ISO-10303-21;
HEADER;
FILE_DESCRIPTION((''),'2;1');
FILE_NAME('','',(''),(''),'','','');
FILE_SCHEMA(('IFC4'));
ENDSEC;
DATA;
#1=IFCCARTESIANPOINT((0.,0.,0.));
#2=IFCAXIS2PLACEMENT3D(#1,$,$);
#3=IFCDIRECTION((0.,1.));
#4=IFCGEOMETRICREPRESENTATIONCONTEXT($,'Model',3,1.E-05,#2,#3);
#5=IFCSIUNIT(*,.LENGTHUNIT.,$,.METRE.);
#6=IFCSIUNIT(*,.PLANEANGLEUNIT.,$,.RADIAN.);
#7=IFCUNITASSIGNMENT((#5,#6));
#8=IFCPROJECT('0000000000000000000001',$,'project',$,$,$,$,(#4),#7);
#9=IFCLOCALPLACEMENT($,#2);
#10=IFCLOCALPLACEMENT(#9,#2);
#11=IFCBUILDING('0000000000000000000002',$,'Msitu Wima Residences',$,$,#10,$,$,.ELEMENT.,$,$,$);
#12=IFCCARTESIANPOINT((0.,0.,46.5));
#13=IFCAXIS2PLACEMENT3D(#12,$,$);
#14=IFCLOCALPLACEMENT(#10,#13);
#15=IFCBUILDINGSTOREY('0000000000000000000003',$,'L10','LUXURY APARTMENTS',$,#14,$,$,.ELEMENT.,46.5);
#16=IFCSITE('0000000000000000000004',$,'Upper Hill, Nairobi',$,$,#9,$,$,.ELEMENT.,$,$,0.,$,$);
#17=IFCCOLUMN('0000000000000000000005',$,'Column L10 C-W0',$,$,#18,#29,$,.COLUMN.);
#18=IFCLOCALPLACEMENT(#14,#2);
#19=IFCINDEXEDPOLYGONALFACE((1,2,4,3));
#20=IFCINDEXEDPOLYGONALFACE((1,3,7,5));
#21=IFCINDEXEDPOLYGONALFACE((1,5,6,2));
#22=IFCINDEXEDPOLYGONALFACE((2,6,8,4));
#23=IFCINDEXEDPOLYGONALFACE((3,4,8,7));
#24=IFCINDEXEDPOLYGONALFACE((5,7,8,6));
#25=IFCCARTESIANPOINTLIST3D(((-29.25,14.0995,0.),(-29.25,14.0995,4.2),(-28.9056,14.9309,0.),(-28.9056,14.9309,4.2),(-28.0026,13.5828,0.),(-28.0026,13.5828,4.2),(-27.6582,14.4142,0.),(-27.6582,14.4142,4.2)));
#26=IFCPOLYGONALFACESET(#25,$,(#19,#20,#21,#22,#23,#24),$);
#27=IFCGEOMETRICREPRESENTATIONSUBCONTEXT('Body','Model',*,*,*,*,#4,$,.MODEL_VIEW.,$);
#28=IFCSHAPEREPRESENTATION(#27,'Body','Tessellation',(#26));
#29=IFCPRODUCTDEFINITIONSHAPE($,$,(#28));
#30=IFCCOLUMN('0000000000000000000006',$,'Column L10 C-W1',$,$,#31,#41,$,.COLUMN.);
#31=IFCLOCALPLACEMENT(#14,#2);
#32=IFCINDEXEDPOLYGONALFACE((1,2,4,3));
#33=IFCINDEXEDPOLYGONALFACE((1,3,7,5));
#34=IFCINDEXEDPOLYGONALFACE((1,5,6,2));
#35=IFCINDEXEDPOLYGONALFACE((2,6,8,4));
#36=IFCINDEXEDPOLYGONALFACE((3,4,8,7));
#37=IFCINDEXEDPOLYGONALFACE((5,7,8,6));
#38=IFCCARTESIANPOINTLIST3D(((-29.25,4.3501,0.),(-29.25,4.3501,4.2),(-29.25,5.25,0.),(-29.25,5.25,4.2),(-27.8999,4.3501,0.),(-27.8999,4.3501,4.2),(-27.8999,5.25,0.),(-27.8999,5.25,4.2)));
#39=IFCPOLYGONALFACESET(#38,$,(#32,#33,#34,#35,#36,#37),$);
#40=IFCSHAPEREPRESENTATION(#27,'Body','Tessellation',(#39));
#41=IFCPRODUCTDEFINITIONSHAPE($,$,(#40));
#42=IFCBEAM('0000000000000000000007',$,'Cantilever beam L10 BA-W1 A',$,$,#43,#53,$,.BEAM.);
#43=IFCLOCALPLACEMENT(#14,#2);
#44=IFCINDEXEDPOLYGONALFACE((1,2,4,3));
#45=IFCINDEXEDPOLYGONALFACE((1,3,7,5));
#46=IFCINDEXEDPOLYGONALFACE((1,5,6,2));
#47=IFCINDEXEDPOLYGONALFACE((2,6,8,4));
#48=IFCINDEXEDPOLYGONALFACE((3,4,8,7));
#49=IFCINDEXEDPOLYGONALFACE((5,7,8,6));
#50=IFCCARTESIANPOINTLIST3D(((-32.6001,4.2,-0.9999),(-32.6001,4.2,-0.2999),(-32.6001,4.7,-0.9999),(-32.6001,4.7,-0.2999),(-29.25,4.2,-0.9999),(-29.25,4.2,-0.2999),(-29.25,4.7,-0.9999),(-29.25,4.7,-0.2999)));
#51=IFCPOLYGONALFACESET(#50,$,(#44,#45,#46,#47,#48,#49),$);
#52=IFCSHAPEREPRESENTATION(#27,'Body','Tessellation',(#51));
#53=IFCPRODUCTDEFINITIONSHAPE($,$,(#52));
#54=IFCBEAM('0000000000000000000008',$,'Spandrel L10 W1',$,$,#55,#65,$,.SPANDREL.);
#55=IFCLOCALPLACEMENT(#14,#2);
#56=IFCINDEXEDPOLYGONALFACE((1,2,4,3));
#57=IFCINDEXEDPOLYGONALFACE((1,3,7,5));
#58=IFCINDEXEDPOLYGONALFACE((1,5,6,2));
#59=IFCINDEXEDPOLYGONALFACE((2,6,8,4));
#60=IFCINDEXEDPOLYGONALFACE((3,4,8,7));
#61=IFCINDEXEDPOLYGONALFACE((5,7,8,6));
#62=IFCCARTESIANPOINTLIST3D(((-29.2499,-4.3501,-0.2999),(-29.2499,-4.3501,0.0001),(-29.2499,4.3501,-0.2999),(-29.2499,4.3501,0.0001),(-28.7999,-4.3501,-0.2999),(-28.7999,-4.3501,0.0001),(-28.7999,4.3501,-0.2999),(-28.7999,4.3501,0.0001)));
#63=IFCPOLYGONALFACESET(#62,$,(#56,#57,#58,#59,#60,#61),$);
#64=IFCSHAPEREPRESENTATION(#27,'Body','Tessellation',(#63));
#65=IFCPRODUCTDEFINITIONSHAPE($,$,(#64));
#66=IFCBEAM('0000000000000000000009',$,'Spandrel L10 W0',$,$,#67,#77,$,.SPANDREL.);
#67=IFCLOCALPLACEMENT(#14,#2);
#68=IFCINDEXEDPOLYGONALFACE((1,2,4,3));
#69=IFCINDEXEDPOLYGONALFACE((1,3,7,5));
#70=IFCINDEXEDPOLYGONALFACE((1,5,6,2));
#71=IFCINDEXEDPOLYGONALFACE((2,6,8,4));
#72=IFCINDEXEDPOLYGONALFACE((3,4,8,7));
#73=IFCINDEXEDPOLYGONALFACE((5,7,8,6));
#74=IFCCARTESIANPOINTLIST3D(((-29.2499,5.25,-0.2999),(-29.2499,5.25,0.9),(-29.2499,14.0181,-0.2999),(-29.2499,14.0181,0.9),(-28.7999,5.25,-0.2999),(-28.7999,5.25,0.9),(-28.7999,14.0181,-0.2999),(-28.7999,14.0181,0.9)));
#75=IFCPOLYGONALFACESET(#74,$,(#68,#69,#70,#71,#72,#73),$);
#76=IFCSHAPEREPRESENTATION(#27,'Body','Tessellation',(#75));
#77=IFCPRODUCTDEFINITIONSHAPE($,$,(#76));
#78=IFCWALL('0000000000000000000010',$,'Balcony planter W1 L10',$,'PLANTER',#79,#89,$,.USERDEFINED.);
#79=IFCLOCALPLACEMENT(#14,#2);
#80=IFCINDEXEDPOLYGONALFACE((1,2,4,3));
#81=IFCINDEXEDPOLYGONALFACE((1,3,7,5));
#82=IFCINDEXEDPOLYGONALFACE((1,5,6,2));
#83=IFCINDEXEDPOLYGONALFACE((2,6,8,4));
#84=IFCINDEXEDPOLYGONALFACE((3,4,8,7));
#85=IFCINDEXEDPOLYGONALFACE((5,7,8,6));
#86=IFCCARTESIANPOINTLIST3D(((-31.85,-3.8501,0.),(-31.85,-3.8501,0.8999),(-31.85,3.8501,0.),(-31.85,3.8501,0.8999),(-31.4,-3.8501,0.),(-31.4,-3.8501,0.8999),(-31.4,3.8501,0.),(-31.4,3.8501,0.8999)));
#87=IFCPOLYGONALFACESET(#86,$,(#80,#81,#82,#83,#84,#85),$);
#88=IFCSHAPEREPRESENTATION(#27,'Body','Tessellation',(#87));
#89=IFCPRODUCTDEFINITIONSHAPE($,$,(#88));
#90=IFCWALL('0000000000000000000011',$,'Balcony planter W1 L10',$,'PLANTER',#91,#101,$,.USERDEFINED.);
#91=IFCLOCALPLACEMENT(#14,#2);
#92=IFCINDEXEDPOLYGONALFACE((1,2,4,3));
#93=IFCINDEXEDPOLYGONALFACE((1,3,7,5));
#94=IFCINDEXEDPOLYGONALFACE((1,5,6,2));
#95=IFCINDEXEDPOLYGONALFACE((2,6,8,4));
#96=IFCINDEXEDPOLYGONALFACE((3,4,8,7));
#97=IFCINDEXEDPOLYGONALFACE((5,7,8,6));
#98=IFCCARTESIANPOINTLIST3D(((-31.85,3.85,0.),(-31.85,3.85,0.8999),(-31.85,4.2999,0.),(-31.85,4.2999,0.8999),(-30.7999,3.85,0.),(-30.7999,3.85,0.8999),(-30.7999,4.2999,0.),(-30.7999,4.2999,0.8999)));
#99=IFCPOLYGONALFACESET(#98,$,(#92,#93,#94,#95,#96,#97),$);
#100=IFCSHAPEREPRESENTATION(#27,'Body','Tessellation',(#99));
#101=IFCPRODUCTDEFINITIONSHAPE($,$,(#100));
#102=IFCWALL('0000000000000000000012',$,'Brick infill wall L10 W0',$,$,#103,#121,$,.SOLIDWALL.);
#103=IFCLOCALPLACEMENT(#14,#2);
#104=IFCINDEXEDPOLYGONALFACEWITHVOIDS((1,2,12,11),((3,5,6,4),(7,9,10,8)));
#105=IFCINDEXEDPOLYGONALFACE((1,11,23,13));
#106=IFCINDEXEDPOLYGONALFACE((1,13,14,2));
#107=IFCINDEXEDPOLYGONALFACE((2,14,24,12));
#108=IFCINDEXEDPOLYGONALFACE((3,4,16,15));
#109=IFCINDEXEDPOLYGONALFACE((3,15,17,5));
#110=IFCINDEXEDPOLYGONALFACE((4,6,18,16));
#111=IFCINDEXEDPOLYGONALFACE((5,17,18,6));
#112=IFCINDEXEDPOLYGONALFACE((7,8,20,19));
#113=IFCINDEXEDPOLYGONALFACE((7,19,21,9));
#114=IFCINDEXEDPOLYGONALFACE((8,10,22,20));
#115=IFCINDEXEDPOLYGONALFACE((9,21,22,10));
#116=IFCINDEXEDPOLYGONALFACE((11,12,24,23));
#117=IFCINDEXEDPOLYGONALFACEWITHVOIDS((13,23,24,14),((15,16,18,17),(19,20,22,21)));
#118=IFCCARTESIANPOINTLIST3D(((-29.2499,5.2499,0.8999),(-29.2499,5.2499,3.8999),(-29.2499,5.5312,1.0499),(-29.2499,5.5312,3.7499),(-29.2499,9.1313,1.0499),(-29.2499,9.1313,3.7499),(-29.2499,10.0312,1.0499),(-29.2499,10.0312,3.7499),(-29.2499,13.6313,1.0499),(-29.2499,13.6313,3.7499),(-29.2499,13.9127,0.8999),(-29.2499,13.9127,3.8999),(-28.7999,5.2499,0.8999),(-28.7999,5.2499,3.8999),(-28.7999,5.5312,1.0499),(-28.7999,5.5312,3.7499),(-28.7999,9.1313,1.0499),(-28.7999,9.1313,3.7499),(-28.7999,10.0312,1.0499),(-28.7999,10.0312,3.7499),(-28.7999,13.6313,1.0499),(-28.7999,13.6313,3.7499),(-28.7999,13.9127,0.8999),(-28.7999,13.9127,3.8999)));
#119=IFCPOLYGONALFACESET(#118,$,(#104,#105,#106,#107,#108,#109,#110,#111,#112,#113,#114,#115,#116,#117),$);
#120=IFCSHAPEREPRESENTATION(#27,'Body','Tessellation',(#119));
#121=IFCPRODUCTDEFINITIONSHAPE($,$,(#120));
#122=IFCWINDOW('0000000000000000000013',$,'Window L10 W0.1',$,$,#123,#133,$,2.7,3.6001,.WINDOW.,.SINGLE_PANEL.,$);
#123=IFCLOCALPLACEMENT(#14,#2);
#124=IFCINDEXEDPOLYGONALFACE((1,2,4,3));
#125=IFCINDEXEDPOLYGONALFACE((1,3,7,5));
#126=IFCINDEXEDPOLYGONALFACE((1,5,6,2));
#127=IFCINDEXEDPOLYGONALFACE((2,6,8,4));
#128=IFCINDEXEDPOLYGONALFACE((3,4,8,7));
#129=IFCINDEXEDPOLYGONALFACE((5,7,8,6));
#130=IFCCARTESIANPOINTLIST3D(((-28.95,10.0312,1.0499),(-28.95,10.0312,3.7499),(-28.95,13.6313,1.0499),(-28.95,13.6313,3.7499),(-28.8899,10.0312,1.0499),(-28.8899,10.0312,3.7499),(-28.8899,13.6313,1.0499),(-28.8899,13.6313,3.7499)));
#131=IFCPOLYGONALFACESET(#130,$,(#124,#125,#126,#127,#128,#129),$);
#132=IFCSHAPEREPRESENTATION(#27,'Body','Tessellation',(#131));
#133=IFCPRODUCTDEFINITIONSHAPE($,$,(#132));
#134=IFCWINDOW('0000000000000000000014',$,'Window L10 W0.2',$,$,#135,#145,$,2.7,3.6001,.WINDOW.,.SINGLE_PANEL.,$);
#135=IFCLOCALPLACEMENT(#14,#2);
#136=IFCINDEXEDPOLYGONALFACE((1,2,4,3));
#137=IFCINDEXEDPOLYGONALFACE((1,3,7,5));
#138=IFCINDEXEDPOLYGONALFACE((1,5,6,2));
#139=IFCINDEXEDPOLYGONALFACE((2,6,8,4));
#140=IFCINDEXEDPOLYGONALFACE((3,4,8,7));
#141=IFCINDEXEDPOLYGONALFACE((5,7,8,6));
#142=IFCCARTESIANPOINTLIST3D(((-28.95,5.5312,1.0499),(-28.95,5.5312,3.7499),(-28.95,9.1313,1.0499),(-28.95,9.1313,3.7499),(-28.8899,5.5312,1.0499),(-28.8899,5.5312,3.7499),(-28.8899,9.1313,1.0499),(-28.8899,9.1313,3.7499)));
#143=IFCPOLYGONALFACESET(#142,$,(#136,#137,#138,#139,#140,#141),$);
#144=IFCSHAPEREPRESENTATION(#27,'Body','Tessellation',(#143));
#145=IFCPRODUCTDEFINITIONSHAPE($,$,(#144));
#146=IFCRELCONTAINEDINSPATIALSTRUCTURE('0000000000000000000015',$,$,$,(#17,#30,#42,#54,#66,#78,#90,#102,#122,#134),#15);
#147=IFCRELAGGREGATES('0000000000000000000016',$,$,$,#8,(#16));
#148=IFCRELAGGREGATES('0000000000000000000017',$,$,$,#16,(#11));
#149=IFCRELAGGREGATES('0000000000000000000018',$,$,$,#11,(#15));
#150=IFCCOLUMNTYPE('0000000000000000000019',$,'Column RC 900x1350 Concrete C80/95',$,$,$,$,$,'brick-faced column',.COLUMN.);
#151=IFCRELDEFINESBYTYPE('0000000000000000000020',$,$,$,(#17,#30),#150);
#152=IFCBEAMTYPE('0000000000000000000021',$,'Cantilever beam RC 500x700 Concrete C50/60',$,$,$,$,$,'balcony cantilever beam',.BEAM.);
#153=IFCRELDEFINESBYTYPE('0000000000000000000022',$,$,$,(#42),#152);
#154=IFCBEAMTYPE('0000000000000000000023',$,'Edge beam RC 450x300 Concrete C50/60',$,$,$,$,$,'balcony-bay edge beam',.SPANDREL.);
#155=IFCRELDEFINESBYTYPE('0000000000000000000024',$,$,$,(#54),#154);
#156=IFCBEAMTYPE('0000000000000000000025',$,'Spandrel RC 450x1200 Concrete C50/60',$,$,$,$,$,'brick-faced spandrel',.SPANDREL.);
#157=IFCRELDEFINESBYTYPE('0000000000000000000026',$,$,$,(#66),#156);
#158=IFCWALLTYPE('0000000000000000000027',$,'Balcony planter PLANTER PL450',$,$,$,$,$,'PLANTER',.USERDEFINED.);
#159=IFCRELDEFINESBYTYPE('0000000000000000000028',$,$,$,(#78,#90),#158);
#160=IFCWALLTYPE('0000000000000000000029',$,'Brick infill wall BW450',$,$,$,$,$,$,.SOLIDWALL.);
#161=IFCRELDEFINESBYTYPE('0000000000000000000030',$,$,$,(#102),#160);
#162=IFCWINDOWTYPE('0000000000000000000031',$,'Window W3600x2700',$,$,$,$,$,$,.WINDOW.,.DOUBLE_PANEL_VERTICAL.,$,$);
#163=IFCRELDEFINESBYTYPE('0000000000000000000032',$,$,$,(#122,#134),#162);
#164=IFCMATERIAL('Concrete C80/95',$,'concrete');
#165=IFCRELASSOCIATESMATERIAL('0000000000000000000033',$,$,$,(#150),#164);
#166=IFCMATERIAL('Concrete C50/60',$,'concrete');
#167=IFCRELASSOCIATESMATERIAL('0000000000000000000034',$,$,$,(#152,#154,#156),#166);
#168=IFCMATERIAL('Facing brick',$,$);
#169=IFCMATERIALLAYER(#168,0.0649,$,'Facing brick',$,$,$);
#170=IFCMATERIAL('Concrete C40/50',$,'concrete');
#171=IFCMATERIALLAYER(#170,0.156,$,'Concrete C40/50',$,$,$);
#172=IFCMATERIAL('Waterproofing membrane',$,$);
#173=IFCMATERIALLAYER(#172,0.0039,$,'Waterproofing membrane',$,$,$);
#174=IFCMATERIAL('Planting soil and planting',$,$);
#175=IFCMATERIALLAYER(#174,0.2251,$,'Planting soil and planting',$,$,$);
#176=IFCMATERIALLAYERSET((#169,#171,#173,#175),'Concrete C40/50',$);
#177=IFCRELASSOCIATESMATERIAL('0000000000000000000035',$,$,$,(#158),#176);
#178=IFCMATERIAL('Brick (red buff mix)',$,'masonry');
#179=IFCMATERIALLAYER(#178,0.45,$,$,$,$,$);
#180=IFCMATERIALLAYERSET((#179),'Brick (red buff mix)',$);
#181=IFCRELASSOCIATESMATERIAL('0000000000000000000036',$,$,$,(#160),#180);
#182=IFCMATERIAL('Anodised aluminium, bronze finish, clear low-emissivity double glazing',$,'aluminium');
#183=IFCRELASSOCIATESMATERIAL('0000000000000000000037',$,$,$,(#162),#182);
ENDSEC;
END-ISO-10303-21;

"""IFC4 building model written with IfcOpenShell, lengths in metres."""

from ifc_helpers import new_model, si_unit, direction, frame, frame_2d, origin, origin_2d, place, context, subcontext, project, spatial, rectangle, extrude, material, layer, layer_set, material_profile, profile_set, type_object, element, fill, save


model = new_model("IFC4")

# Units and contexts
model_context = context("Model", 3, precision=1e-05, world=origin(), true_north=direction((0.0, 1.0)))
body_context = subcontext(model_context, "Body", "Model", "MODEL_VIEW")
ifc_project = project(units=[si_unit("LENGTHUNIT", "METRE"), si_unit("PLANEANGLEUNIT", "RADIAN")], contexts=[model_context])

# Site, building, storey
site_placement = place(None, origin())
site = spatial("IfcSite", under=ifc_project, at=site_placement, Name="Upper Hill, Nairobi", CompositionType="ELEMENT", RefElevation=0.0)
building_placement = place(site_placement, origin())
building = spatial("IfcBuilding", under=site, at=building_placement, Name="Msitu Wima Residences", CompositionType="ELEMENT")
storey_placement = place(building_placement, frame((0.0, 0.0, 46.5)))
storey = spatial("IfcBuildingStorey", under=building, at=storey_placement, Name="L10", Description="LUXURY APARTMENTS", CompositionType="ELEMENT", Elevation=46.5)

# Columns
ifc_material_1 = material(Name="Concrete C80/95", Category="concrete")
ifc_material_profile_1 = material_profile(ifc_material_1, rectangle(XDim=0.8999, YDim=1.3501, at=origin_2d()), Name="RC 900x1350")
ifc_profile_set_1 = profile_set([ifc_material_profile_1], Name="Concrete C80/95")
column_type = type_object("IfcColumnType", Name="Column RC 900x1350 Concrete C80/95", ElementType="brick-faced column", PredefinedType="COLUMN", material=ifc_profile_set_1)
for number, where, z_axis, x_axis, name in (
    (1, (-28.4541, 14.2568, 0.0), (0.0, 0.0, 1.0), (-0.382683, -0.92388, 0.0), "Column L10 C-W0"),
    (2, (-28.575, 4.8, 0.0), (0.0, 0.0, 1.0), (0.0, -1.0, 0.0), "Column L10 C-W1"),
):
    element("IfcColumn", number, at=place(storey_placement, frame(where, z_axis=z_axis, x_axis=x_axis)), inside=storey, type_object=column_type, Name=name, PredefinedType="COLUMN", context=body_context, shape_type="SweptSolid", body=[
        extrude(rectangle(XDim=0.8999, YDim=1.3501, at=origin_2d()), origin(), (0.0, 0.0, 1.0), 4.2),
    ])

# Beams
ifc_material_2 = material(Name="Concrete C50/60", Category="concrete")
ifc_material_profile_2 = material_profile(ifc_material_2, rectangle(XDim=0.5, YDim=0.7, at=origin_2d()), Name="RC 500x700")
ifc_profile_set_2 = profile_set([ifc_material_profile_2], Name="Concrete C50/60")
beam_type_1 = type_object("IfcBeamType", Name="Cantilever beam RC 500x700 Concrete C50/60", ElementType="balcony cantilever beam", PredefinedType="BEAM", material=ifc_profile_set_2)
beam_1_placement = place(storey_placement, frame((-29.25, 4.45, -0.6499), z_axis=(-1.0, 0.0, 0.0), x_axis=(0.0, -1.0, 0.0)))
element("IfcBeam", 3, at=beam_1_placement, inside=storey, type_object=beam_type_1, Name="Cantilever beam L10 BA-W1 A", PredefinedType="BEAM", context=body_context, shape_type="SweptSolid", body=[
    extrude(rectangle(XDim=0.5, YDim=0.7, at=origin_2d()), origin(), (0.0, 0.0, 1.0), 3.3501),
])
ifc_material_profile_3 = material_profile(ifc_material_2, rectangle(XDim=0.45, YDim=0.3, at=origin_2d()), Name="RC 450x300")
ifc_profile_set_3 = profile_set([ifc_material_profile_3], Name="Concrete C50/60")
beam_type_2 = type_object("IfcBeamType", Name="Edge beam RC 450x300 Concrete C50/60", ElementType="balcony-bay edge beam", PredefinedType="SPANDREL", material=ifc_profile_set_3)
beam_2_placement = place(storey_placement, frame((-29.0249, 4.3501, -0.1499), z_axis=(0.0, -1.0, 0.0), x_axis=(1.0, 0.0, 0.0)))
element("IfcBeam", 4, at=beam_2_placement, inside=storey, type_object=beam_type_2, Name="Spandrel L10 W1", PredefinedType="SPANDREL", context=body_context, shape_type="SweptSolid", body=[
    extrude(rectangle(XDim=0.45, YDim=0.3, at=origin_2d()), origin(), (0.0, 0.0, 1.0), 8.7002),
])
ifc_material_profile_4 = material_profile(ifc_material_2, rectangle(XDim=0.45, YDim=1.2, at=origin_2d()), Name="RC 450x1200")
ifc_profile_set_4 = profile_set([ifc_material_profile_4], Name="Concrete C50/60")
beam_type_3 = type_object("IfcBeamType", Name="Spandrel RC 450x1200 Concrete C50/60", ElementType="brick-faced spandrel", PredefinedType="SPANDREL", material=ifc_profile_set_4)
beam_3_placement = place(storey_placement, frame((-29.0249, 14.0181, 0.3), z_axis=(0.0, -1.0, 0.0), x_axis=(1.0, 0.0, 0.0)))
element("IfcBeam", 5, at=beam_3_placement, inside=storey, type_object=beam_type_3, Name="Spandrel L10 W0", PredefinedType="SPANDREL", context=body_context, shape_type="SweptSolid", body=[
    extrude(rectangle(XDim=0.45, YDim=1.2, at=origin_2d()), origin(), (0.0, 0.0, 1.0), 8.7681),
])

# Walls
ifc_material_3 = material(Name="Facing brick")
ifc_layer_1 = layer(ifc_material_3, 0.0649, Name="Facing brick")
ifc_material_4 = material(Name="Concrete C40/50", Category="concrete")
ifc_layer_2 = layer(ifc_material_4, 0.156, Name="Concrete C40/50")
ifc_material_5 = material(Name="Waterproofing membrane")
ifc_layer_3 = layer(ifc_material_5, 0.0039, Name="Waterproofing membrane")
ifc_material_6 = material(Name="Planting soil and planting")
ifc_layer_4 = layer(ifc_material_6, 0.2251, Name="Planting soil and planting")
ifc_layer_set_1 = layer_set([ifc_layer_1, ifc_layer_2, ifc_layer_3, ifc_layer_4], Name="Concrete C40/50")
wall_type_1 = type_object("IfcWallType", Name="Balcony planter PLANTER PL450", ElementType="PLANTER", PredefinedType="USERDEFINED", material=ifc_layer_set_1)
wall_1_placement = place(storey_placement, frame((-31.625, 3.8501, 0.0), z_axis=(0.0, 0.0, 1.0), x_axis=(0.0, -1.0, 0.0)))
element("IfcWall", 6, at=wall_1_placement, inside=storey, type_object=wall_type_1, Name="Balcony planter W1 L10", ObjectType="PLANTER", PredefinedType="USERDEFINED", context=body_context, shape_type="SweptSolid", body=[
    extrude(rectangle(XDim=7.7002, YDim=0.45, at=frame_2d((3.8501, 0.0))), origin(), (0.0, 0.0, 1.0), 0.8999),
])
wall_2_placement = place(storey_placement, frame((-30.8, 4.075, 0.0), z_axis=(0.0, 0.0, 1.0), x_axis=(-1.0, 0.0, 0.0)))
element("IfcWall", 7, at=wall_2_placement, inside=storey, type_object=wall_type_1, Name="Balcony planter W1 L10", ObjectType="PLANTER", PredefinedType="USERDEFINED", context=body_context, shape_type="SweptSolid", body=[
    extrude(rectangle(XDim=1.05, YDim=0.45, at=frame_2d((0.5249, 0.0))), origin(), (0.0, 0.0, 1.0), 0.8999),
])

# Wall, openings, windows
ifc_material_7 = material(Name="Brick (red buff mix)", Category="masonry")
ifc_layer_5 = layer(ifc_material_7, 0.45)
ifc_layer_set_2 = layer_set([ifc_layer_5], Name="Brick (red buff mix)")
wall_type_2 = type_object("IfcWallType", Name="Brick infill wall BW450", PredefinedType="SOLIDWALL", material=ifc_layer_set_2)
wall_3_placement = place(storey_placement, frame((-29.0249, 13.9128, 0.8999), z_axis=(0.0, 0.0, 1.0), x_axis=(0.0, -1.0, 0.0)))
wall_3 = element("IfcWall", 8, at=wall_3_placement, inside=storey, type_object=wall_type_2, Name="Brick infill wall L10 W0", PredefinedType="SOLIDWALL", context=body_context, shape_type="SweptSolid", body=[
    extrude(rectangle(XDim=8.6628, YDim=0.45, at=frame_2d((4.3315, 0.0))), origin(), (0.0, 0.0, 1.0), 3.0),
])
opening_1_placement = place(wall_3_placement, frame((0.2815, 0.0, 0.1499)))
opening_1 = element("IfcOpeningElement", 9, at=opening_1_placement, cuts=wall_3, PredefinedType="OPENING", context=body_context, shape_type="SweptSolid", body=[
    extrude(rectangle(XDim=3.6001, YDim=2.7, at=frame_2d((1.8, 1.3501))), frame((0.0, 0.2349, 0.0), z_axis=(0.0, -1.0, 0.0), x_axis=(1.0, 0.0, 0.0)), (0.0, 0.0, 1.0), 0.47),
])
opening_2_placement = place(wall_3_placement, frame((4.7815, 0.0, 0.1499)))
opening_2 = element("IfcOpeningElement", 10, at=opening_2_placement, cuts=wall_3, PredefinedType="OPENING", context=body_context, shape_type="SweptSolid", body=[
    extrude(rectangle(XDim=3.6001, YDim=2.7, at=frame_2d((1.8, 1.3501))), frame((0.0, 0.2349, 0.0), z_axis=(0.0, -1.0, 0.0), x_axis=(1.0, 0.0, 0.0)), (0.0, 0.0, 1.0), 0.47),
])
ifc_material_8 = material(Name="Anodised aluminium, bronze finish, clear low-emissivity double glazing", Category="aluminium")
window_type = type_object("IfcWindowType", Name="Window W3600x2700", PartitioningType="DOUBLE_PANEL_VERTICAL", PredefinedType="WINDOW", material=ifc_material_8)
window_1_placement = place(opening_1_placement, origin())
window_1 = element("IfcWindow", 11, at=window_1_placement, inside=storey, type_object=window_type, Name="Window L10 W0.1", OverallHeight=2.7, OverallWidth=3.6001, PartitioningType="SINGLE_PANEL", PredefinedType="WINDOW", context=body_context, shape_type="SweptSolid", body=[
    extrude(rectangle(XDim=3.6001, YDim=2.7, at=frame_2d((1.8, 1.3501))), frame((0.0, 0.135, 0.0), z_axis=(0.0, -1.0, 0.0), x_axis=(1.0, 0.0, 0.0)), (0.0, 0.0, 1.0), 0.0601),
])
fill(opening_1, window_1)
window_2_placement = place(opening_2_placement, origin())
window_2 = element("IfcWindow", 12, at=window_2_placement, inside=storey, type_object=window_type, Name="Window L10 W0.2", OverallHeight=2.7, OverallWidth=3.6001, PartitioningType="SINGLE_PANEL", PredefinedType="WINDOW", context=body_context, shape_type="SweptSolid", body=[
    extrude(rectangle(XDim=3.6001, YDim=2.7, at=frame_2d((1.8, 1.3501))), frame((0.0, 0.135, 0.0), z_axis=(0.0, -1.0, 0.0), x_axis=(1.0, 0.0, 0.0)), (0.0, 0.0, 1.0), 0.0601),
])
fill(opening_2, window_2)

save(model, "model.ifc")
